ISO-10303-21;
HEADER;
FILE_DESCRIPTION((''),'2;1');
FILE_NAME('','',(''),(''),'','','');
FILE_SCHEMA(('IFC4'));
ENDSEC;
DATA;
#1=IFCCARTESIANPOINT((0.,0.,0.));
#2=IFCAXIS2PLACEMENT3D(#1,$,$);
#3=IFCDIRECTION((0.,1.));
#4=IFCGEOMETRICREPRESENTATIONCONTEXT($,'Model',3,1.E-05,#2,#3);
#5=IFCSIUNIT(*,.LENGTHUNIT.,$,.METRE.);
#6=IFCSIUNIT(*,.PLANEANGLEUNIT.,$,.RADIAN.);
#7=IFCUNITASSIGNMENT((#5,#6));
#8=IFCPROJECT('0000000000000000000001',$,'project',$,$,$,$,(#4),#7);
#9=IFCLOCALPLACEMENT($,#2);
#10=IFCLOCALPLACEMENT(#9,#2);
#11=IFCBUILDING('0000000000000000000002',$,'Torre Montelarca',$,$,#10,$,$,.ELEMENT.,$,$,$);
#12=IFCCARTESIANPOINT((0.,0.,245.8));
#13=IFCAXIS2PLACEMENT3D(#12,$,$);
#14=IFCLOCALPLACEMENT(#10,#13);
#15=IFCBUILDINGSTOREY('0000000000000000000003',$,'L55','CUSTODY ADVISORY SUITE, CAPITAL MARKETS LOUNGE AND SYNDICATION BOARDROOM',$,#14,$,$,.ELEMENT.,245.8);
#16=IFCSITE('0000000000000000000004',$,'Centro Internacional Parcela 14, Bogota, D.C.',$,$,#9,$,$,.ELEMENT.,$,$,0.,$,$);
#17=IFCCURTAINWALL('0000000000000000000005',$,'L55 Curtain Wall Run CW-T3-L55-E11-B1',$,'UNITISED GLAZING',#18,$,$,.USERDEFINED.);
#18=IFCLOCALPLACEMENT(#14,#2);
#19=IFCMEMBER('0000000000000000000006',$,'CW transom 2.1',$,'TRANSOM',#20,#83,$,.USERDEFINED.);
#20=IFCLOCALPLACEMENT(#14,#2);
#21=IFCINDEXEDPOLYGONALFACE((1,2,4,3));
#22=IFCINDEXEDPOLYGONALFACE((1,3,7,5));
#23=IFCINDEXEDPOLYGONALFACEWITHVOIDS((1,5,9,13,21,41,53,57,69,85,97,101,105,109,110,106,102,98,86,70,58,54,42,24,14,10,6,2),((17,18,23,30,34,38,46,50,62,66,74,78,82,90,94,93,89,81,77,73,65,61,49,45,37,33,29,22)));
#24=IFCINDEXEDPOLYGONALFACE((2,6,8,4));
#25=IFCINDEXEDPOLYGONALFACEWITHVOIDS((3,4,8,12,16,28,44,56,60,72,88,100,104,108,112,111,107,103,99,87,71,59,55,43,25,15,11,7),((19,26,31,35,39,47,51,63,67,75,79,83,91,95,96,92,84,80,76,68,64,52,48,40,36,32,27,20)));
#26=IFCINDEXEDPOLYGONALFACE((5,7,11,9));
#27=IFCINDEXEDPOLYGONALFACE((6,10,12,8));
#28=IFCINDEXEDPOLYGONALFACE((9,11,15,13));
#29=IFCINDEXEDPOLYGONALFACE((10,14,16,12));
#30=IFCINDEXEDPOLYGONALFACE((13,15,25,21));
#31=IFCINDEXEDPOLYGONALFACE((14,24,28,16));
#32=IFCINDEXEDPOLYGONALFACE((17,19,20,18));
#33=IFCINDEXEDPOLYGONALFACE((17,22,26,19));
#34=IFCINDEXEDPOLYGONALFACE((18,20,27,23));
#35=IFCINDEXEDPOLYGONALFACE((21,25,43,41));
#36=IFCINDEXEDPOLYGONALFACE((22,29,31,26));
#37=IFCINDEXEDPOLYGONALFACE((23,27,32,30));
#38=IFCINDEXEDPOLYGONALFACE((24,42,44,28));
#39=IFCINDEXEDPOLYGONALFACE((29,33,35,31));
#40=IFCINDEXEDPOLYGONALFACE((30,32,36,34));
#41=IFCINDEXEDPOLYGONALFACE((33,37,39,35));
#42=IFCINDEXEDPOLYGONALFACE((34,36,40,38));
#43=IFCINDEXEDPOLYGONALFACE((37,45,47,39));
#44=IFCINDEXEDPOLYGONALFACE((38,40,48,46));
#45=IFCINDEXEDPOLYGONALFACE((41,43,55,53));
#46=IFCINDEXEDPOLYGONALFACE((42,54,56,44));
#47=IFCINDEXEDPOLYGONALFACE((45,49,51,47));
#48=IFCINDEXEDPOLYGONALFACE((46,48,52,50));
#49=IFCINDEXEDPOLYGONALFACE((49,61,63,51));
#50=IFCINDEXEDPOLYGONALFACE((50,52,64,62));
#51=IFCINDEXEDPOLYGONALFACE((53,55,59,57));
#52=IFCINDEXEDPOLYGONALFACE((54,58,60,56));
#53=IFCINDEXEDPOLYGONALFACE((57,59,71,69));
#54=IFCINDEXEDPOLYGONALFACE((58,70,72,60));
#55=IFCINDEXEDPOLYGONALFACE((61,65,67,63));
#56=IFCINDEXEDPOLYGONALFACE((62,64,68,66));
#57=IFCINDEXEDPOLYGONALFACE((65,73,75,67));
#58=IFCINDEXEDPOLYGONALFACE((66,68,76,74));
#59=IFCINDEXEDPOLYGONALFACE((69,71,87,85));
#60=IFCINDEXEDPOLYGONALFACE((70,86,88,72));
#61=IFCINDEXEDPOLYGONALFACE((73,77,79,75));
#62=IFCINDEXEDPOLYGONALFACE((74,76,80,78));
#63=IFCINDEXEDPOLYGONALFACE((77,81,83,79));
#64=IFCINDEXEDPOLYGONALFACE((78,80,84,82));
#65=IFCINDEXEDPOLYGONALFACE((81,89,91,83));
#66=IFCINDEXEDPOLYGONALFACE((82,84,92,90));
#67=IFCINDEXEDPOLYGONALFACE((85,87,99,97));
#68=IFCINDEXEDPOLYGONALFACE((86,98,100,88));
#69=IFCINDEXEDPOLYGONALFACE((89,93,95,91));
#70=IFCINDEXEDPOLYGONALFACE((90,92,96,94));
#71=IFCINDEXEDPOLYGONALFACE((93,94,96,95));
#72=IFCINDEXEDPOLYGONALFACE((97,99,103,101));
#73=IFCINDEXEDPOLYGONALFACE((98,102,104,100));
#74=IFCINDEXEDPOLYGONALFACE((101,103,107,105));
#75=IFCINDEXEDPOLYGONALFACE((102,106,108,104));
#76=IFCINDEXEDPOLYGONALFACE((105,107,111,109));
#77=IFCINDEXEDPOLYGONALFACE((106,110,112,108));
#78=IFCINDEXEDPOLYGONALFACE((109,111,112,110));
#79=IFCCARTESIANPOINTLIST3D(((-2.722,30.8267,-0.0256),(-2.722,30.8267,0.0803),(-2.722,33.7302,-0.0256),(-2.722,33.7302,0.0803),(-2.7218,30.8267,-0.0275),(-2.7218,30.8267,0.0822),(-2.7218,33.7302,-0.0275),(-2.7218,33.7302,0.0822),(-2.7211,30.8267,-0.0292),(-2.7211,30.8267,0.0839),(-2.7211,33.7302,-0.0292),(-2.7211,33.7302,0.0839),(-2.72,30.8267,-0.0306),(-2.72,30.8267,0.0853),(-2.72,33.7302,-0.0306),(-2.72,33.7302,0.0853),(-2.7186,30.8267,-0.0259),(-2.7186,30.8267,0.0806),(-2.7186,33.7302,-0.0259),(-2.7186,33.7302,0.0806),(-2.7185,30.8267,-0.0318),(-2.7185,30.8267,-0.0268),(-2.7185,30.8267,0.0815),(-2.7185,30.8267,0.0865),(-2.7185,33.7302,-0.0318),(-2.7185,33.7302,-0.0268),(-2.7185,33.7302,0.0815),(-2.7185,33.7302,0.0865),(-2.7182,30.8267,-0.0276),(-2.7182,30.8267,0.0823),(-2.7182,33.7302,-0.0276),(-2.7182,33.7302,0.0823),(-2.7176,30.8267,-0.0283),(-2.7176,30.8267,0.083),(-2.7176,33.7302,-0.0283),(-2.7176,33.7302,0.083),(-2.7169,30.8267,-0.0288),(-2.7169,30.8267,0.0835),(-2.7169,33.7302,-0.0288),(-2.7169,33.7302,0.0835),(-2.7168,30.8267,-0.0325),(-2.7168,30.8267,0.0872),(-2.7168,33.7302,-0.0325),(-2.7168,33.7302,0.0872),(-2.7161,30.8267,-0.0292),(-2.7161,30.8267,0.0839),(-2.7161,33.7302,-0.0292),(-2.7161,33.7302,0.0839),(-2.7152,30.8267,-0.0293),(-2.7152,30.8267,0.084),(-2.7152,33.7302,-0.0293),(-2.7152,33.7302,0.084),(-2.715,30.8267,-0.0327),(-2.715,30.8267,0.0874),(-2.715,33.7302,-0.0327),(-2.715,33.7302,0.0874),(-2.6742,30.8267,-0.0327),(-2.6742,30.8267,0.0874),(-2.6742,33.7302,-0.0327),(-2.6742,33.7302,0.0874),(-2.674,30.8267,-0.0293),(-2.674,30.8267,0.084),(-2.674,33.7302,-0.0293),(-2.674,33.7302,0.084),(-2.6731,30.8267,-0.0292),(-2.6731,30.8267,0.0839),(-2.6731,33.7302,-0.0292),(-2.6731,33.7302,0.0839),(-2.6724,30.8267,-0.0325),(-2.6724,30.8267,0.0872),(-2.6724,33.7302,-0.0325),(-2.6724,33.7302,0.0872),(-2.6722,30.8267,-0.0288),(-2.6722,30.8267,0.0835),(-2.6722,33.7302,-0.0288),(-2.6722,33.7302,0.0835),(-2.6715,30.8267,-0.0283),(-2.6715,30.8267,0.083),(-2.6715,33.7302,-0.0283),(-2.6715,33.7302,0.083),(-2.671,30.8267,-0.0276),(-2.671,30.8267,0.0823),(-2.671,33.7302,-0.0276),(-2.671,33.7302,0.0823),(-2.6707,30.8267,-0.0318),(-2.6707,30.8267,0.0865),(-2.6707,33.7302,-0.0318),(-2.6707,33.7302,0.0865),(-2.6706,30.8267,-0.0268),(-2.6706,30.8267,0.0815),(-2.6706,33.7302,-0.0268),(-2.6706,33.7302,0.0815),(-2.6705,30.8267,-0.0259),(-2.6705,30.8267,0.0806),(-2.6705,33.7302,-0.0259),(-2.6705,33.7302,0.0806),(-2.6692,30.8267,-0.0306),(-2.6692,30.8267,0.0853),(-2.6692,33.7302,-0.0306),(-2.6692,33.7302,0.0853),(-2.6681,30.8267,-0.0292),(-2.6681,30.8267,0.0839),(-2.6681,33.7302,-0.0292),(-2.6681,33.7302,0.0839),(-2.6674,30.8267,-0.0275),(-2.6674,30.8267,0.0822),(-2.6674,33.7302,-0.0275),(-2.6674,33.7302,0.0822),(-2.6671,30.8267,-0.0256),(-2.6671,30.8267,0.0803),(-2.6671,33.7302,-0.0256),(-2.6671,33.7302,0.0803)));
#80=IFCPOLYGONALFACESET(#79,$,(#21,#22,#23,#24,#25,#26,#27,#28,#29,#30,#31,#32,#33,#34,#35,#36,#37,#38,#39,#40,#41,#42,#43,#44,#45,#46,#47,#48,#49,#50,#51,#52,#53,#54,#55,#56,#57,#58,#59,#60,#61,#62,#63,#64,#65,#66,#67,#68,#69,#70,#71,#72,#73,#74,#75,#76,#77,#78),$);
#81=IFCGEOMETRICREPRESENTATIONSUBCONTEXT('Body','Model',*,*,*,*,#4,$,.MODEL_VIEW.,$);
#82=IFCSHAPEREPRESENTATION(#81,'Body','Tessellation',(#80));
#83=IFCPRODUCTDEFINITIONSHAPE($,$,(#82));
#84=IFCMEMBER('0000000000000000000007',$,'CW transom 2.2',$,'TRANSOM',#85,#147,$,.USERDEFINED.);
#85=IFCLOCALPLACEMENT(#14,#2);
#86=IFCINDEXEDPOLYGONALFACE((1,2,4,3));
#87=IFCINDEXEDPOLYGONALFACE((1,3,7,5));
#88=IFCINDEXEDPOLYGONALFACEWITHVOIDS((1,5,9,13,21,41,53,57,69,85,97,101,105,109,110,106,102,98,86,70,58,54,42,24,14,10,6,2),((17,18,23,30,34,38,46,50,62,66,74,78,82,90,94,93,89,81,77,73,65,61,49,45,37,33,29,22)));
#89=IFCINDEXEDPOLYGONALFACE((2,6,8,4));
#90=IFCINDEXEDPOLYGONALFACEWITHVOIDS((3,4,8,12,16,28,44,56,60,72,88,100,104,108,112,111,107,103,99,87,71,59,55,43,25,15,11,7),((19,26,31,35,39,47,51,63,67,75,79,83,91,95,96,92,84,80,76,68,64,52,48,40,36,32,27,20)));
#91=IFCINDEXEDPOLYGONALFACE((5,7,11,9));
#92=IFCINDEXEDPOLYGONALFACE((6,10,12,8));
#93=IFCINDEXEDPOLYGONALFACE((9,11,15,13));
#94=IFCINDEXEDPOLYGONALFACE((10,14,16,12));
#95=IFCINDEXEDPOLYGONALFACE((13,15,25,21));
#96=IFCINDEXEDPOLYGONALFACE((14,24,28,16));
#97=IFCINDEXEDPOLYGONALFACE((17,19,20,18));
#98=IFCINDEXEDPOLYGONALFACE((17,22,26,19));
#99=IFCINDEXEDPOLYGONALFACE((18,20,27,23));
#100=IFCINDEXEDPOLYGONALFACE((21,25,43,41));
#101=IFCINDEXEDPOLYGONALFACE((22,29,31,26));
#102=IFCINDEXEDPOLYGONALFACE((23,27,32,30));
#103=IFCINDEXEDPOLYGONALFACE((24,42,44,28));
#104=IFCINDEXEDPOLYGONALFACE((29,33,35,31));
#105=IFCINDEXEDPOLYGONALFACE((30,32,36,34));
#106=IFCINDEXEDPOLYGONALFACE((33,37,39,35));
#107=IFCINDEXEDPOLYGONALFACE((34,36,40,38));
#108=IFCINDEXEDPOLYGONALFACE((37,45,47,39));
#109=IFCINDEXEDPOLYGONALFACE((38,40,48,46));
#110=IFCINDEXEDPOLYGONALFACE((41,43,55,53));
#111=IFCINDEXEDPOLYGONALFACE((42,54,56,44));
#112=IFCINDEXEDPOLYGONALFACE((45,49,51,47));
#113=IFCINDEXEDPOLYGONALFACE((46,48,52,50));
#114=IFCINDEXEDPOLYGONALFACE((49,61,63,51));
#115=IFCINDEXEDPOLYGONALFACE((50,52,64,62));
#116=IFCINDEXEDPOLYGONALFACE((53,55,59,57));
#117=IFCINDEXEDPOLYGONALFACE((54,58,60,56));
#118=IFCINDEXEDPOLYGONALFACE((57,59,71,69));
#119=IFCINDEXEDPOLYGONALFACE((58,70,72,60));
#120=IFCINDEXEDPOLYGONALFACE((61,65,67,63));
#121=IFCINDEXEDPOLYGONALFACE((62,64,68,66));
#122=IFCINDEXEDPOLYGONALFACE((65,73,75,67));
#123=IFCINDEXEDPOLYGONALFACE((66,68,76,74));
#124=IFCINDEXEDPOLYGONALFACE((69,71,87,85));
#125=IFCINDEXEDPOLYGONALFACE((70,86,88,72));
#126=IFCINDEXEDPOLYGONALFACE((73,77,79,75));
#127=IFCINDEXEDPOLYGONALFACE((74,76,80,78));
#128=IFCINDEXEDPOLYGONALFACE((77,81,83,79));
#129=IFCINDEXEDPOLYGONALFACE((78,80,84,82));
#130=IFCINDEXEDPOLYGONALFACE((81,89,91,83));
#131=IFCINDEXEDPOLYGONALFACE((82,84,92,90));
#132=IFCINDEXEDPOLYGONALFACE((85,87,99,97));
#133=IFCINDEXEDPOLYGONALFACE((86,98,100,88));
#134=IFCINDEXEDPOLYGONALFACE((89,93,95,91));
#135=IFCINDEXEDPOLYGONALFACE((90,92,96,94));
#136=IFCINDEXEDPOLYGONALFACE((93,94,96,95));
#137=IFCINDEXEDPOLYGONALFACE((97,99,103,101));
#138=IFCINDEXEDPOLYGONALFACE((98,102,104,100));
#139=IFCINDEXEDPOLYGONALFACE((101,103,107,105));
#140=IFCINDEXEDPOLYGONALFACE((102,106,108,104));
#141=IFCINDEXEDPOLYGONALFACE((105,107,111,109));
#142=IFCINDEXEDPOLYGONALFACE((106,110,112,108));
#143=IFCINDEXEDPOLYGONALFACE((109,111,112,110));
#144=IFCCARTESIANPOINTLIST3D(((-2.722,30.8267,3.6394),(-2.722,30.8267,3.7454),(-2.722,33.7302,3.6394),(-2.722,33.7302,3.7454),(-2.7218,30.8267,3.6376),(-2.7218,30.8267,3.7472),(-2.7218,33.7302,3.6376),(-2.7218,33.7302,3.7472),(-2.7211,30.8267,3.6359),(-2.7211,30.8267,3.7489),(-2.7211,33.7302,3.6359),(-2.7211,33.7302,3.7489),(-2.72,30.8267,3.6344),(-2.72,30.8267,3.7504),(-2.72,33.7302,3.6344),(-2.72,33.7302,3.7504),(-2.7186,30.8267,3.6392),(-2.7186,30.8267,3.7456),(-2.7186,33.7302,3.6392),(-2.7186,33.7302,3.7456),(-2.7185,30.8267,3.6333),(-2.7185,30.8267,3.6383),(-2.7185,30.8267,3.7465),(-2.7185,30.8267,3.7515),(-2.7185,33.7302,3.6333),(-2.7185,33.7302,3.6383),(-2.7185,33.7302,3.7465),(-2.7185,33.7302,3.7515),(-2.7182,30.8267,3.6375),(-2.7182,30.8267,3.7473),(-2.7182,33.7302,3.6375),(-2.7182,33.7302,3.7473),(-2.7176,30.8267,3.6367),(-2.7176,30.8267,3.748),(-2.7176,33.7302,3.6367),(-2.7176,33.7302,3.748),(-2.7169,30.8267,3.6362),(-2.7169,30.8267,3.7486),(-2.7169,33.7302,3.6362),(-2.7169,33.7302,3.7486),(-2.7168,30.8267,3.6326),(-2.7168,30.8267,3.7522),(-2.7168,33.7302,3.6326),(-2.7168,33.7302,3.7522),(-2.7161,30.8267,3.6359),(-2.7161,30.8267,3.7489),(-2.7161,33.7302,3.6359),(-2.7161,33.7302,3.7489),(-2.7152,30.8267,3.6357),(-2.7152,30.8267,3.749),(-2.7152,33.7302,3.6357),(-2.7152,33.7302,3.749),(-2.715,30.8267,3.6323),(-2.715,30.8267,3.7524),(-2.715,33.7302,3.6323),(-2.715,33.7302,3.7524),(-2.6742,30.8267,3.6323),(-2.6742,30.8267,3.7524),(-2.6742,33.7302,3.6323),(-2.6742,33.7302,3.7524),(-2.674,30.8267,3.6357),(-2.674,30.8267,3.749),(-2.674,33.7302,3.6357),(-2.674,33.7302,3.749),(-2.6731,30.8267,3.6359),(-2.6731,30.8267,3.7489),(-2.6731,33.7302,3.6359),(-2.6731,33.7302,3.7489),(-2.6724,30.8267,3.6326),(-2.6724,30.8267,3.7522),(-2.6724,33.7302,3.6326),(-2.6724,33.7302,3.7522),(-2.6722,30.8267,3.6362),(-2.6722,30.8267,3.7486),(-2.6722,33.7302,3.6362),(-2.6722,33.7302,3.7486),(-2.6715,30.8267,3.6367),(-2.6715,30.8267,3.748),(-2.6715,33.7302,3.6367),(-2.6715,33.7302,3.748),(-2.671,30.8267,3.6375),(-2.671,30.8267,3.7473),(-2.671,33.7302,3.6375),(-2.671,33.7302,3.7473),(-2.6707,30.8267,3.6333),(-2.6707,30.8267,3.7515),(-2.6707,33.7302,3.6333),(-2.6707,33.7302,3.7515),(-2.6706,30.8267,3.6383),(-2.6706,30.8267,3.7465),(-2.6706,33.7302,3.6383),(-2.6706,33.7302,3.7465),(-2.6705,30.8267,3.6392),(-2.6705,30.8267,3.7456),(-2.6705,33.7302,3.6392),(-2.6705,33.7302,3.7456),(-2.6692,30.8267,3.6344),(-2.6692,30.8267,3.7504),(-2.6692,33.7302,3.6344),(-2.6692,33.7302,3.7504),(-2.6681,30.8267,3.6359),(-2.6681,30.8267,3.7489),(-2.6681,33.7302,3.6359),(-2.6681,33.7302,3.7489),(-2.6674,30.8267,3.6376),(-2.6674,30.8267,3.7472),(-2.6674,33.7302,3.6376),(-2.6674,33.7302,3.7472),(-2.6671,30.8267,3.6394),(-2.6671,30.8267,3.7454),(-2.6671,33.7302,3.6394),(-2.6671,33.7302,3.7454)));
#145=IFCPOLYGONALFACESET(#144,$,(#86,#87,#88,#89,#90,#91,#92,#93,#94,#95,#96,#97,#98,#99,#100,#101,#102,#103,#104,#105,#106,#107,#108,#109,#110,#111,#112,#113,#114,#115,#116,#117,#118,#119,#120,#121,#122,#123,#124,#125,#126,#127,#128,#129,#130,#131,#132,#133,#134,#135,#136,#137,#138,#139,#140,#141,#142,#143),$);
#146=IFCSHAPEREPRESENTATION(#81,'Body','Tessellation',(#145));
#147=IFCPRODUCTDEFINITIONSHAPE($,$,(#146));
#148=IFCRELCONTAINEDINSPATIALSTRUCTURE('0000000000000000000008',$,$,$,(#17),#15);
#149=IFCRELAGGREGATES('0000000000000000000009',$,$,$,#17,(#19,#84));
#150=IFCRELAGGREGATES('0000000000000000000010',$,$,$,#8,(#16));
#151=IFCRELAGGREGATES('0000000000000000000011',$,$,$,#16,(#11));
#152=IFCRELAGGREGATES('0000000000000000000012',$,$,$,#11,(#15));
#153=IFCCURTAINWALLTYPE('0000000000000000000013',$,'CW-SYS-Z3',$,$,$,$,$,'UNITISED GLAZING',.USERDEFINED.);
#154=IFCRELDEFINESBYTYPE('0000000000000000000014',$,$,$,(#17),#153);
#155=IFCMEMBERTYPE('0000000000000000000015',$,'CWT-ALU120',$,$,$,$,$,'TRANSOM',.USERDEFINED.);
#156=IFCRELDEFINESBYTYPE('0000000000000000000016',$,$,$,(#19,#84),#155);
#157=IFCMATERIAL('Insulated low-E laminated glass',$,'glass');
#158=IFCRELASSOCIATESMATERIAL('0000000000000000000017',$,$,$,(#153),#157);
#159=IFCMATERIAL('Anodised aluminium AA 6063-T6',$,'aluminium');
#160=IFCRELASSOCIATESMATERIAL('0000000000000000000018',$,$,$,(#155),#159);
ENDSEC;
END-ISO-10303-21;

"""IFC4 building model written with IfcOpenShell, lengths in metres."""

from ifc_helpers import new_model, si_unit, direction, frame, origin, origin_2d, place, context, subcontext, project, spatial, hollow_rectangle, extrude, source, transform, mapped, material, material_profile, profile_set, type_object, element, aggregate, save


model = new_model("IFC4")

# Units and contexts
model_context = context("Model", 3, precision=1e-05, world=origin(), true_north=direction((0.0, 1.0)))
body_context = subcontext(model_context, "Body", "Model", "MODEL_VIEW")
ifc_project = project(units=[si_unit("LENGTHUNIT", "METRE"), si_unit("PLANEANGLEUNIT", "RADIAN")], contexts=[model_context])

# Site, building, storey
site_placement = place(None, origin())
site = spatial("IfcSite", under=ifc_project, at=site_placement, Name="Centro Internacional Parcela 14, Bogota, D.C.", CompositionType="ELEMENT", RefElevation=0.0)
building_placement = place(site_placement, origin())
building = spatial("IfcBuilding", under=site, at=building_placement, Name="Torre Montelarca", CompositionType="ELEMENT")
storey_placement = place(building_placement, frame((0.0, 0.0, 245.8)))
storey = spatial("IfcBuildingStorey", under=building, at=storey_placement, Name="L55", Description="CUSTODY ADVISORY SUITE, CAPITAL MARKETS LOUNGE AND SYNDICATION BOARDROOM", CompositionType="ELEMENT", Elevation=245.8)

# Curtain wall, members
ifc_material_1 = material(Name="Insulated low-E laminated glass", Category="glass")
curtain_wall_type = type_object("IfcCurtainWallType", Name="CW-SYS-Z3", ElementType="UNITISED GLAZING", PredefinedType="USERDEFINED", material=ifc_material_1)
curtain_wall_placement = place(storey_placement, origin())
curtain_wall = element("IfcCurtainWall", 1, at=curtain_wall_placement, inside=storey, type_object=curtain_wall_type, Name="L55 Curtain Wall Run CW-T3-L55-E11-B1", ObjectType="UNITISED GLAZING", PredefinedType="USERDEFINED")
ifc_material_2 = material(Name="Anodised aluminium AA 6063-T6", Category="aluminium")
ifc_material_profile_1 = material_profile(ifc_material_2, hollow_rectangle(XDim=0.0549, YDim=0.1201, WallThickness=0.0034, InnerFilletRadius=0.0034, OuterFilletRadius=0.0071, at=origin_2d()), Name="ALU55X120X3.5", Category="aluminium")
ifc_profile_set_1 = profile_set([ifc_material_profile_1], Name="Anodised aluminium AA 6063-T6")
member_type_1 = type_object("IfcMemberType", Name="CWT-ALU120", ElementType="TRANSOM", PredefinedType="USERDEFINED", material=ifc_profile_set_1)
shared_shape_1 = source(origin(), body_context, "Body", "SweptSolid", [
    extrude(hollow_rectangle(XDim=0.0549, YDim=0.1201, WallThickness=0.0034, InnerFilletRadius=0.0034, OuterFilletRadius=0.0071, at=origin_2d()), origin(), (0.0, 0.0, 1.0), 2.9036),
])
member_1_placement = place(storey_placement, frame((-2.6946, 33.7302, 0.0273), z_axis=(0.0, -1.0, 0.0), x_axis=(1.0, 0.0, 0.0)))
member_1 = element("IfcMember", 2, at=member_1_placement, type_object=member_type_1, Name="CW transom 2.1", ObjectType="TRANSOM", PredefinedType="USERDEFINED", context=body_context, shape_type="MappedRepresentation", body=[
    mapped(shared_shape_1, transform((0.0, 0.0, 0.0), scale=1.0)),
])
member_2_placement = place(storey_placement, frame((-2.6946, 33.7302, 3.6924), z_axis=(0.0, -1.0, 0.0), x_axis=(1.0, 0.0, 0.0)))
member_2 = element("IfcMember", 3, at=member_2_placement, type_object=member_type_1, Name="CW transom 2.2", ObjectType="TRANSOM", PredefinedType="USERDEFINED", context=body_context, shape_type="MappedRepresentation", body=[
    mapped(shared_shape_1, transform((0.0, 0.0, 0.0), scale=1.0)),
])
aggregate(curtain_wall, [member_1, member_2])

save(model, "model.ifc")
